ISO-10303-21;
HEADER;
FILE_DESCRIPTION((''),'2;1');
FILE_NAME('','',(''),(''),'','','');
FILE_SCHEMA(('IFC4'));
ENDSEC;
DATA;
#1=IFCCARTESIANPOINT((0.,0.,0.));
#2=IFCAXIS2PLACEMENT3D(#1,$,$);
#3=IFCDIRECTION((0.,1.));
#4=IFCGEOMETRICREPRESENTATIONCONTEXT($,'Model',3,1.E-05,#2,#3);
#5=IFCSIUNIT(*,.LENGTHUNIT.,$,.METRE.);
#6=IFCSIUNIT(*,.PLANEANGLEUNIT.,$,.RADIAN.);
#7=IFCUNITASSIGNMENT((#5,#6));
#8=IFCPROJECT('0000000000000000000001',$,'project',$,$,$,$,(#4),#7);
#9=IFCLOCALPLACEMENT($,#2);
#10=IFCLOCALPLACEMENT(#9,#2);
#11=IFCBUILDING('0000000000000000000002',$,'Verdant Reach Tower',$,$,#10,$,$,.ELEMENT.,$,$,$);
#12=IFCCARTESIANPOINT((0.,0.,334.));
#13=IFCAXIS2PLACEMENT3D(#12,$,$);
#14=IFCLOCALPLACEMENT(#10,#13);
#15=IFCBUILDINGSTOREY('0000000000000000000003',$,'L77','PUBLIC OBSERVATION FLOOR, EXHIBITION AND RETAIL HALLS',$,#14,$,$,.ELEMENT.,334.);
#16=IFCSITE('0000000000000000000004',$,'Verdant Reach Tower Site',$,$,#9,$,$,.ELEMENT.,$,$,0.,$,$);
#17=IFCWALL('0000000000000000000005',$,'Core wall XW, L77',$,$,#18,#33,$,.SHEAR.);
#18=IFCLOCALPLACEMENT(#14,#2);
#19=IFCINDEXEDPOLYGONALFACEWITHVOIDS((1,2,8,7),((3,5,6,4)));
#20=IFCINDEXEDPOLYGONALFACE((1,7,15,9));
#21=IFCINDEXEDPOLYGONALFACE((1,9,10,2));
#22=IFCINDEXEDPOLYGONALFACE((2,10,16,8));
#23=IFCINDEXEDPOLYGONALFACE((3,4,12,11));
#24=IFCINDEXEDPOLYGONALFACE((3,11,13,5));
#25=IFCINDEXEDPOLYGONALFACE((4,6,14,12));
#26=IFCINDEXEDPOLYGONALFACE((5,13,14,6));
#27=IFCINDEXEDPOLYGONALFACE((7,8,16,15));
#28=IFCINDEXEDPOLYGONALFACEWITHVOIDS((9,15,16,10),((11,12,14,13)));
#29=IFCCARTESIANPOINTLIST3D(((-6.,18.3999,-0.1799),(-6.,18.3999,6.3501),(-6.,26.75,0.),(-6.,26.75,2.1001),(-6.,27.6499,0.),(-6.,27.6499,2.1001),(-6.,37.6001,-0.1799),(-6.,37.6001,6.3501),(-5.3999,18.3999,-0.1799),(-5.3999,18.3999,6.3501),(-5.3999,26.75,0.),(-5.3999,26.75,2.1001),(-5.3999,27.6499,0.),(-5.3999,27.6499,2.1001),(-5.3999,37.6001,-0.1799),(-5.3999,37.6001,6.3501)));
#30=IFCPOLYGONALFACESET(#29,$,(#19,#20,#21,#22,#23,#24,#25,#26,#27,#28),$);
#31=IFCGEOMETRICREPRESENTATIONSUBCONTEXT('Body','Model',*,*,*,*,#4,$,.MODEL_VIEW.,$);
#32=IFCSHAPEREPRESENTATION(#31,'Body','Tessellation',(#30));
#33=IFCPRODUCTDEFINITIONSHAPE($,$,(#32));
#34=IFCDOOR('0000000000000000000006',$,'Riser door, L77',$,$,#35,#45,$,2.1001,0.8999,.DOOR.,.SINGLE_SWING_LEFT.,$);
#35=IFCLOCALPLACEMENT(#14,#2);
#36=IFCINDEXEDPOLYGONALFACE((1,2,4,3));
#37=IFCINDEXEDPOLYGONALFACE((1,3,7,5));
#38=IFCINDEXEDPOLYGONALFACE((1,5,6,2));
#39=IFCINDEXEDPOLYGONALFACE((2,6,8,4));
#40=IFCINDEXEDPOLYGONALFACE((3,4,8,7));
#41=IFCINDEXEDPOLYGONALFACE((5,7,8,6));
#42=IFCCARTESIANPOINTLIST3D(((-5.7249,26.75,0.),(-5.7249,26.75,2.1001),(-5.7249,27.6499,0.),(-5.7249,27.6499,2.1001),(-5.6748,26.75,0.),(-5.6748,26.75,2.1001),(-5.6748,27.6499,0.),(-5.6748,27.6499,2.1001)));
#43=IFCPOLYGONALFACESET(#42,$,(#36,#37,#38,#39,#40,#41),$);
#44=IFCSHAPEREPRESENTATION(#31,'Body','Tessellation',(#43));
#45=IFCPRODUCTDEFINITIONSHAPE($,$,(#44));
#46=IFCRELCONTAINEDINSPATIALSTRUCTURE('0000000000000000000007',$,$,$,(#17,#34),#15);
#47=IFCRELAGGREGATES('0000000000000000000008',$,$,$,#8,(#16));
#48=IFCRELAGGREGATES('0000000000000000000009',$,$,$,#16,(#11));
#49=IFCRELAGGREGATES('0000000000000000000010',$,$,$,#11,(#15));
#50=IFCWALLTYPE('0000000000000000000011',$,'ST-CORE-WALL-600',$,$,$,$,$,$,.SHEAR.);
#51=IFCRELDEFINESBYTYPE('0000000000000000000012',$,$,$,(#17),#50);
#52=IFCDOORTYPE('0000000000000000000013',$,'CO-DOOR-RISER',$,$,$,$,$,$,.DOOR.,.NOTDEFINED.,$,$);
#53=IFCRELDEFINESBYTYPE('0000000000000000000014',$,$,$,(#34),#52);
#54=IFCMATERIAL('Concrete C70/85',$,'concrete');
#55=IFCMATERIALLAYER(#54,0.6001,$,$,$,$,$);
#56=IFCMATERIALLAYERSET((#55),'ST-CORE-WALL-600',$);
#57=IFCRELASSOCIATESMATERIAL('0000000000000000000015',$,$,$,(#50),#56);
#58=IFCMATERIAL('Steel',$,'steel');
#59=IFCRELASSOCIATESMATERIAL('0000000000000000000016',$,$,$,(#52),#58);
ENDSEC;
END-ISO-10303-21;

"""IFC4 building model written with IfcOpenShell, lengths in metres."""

from ifc_helpers import new_model, si_unit, direction, frame, frame_2d, origin, place, context, subcontext, project, spatial, rectangle, extrude, material, layer, layer_set, type_object, element, fill, save


model = new_model("IFC4")

# Units and contexts
model_context = context("Model", 3, precision=1e-05, world=origin(), true_north=direction((0.0, 1.0)))
body_context = subcontext(model_context, "Body", "Model", "MODEL_VIEW")
ifc_project = project(units=[si_unit("LENGTHUNIT", "METRE"), si_unit("PLANEANGLEUNIT", "RADIAN")], contexts=[model_context])

# Site, building, storey
site_placement = place(None, origin())
site = spatial("IfcSite", under=ifc_project, at=site_placement, Name="Verdant Reach Tower Site", CompositionType="ELEMENT", RefElevation=0.0)
building_placement = place(site_placement, origin())
building = spatial("IfcBuilding", under=site, at=building_placement, Name="Verdant Reach Tower", CompositionType="ELEMENT")
storey_placement = place(building_placement, frame((0.0, 0.0, 334.0)))
storey = spatial("IfcBuildingStorey", under=building, at=storey_placement, Name="L77", Description="PUBLIC OBSERVATION FLOOR, EXHIBITION AND RETAIL HALLS", CompositionType="ELEMENT", Elevation=334.0)

# Wall, opening, door
ifc_material_1 = material(Name="Concrete C70/85", Category="concrete")
ifc_layer_1 = layer(ifc_material_1, 0.6001)
ifc_layer_set_1 = layer_set([ifc_layer_1], Name="ST-CORE-WALL-600")
wall_type_1 = type_object("IfcWallType", Name="ST-CORE-WALL-600", PredefinedType="SHEAR", material=ifc_layer_set_1)
wall_1_placement = place(storey_placement, frame((-5.7, 18.3999, -0.1799), z_axis=(0.0, 0.0, 1.0), x_axis=(0.0, 1.0, 0.0)))
wall_1 = element("IfcWall", 1, at=wall_1_placement, inside=storey, type_object=wall_type_1, Name="Core wall XW, L77", PredefinedType="SHEAR", context=body_context, shape_type="SweptSolid", body=[
    extrude(rectangle(XDim=19.2002, YDim=0.6001, at=frame_2d((9.6001, 0.0))), origin(), (0.0, 0.0, 1.0), 6.53),
])
opening_1_placement = place(wall_1_placement, frame((8.3501, 0.0, 0.1799)))
opening_1 = element("IfcOpeningElement", 2, at=opening_1_placement, cuts=wall_1, PredefinedType="OPENING", context=body_context, shape_type="SweptSolid", body=[
    extrude(rectangle(XDim=0.8999, YDim=2.1001, at=frame_2d((0.45, 1.05))), frame((0.0, 0.3101, 0.0), z_axis=(0.0, -1.0, 0.0), x_axis=(1.0, 0.0, 0.0)), (0.0, 0.0, 1.0), 0.6201),
])
ifc_material_2 = material(Name="Steel", Category="steel")
door_type_1 = type_object("IfcDoorType", Name="CO-DOOR-RISER", OperationType="NOTDEFINED", PredefinedType="DOOR", material=ifc_material_2)
door_1_placement = place(opening_1_placement, origin())
door_1 = element("IfcDoor", 3, at=door_1_placement, inside=storey, type_object=door_type_1, Name="Riser door, L77", OperationType="SINGLE_SWING_LEFT", OverallHeight=2.1001, OverallWidth=0.8999, PredefinedType="DOOR", context=body_context, shape_type="SweptSolid", body=[
    extrude(rectangle(XDim=0.8999, YDim=2.1001, at=frame_2d((0.45, 1.05))), frame((0.0, 0.0249, 0.0), z_axis=(0.0, -1.0, 0.0), x_axis=(1.0, 0.0, 0.0)), (0.0, 0.0, 1.0), 0.05),
])
fill(opening_1, door_1)

save(model, "model.ifc")
